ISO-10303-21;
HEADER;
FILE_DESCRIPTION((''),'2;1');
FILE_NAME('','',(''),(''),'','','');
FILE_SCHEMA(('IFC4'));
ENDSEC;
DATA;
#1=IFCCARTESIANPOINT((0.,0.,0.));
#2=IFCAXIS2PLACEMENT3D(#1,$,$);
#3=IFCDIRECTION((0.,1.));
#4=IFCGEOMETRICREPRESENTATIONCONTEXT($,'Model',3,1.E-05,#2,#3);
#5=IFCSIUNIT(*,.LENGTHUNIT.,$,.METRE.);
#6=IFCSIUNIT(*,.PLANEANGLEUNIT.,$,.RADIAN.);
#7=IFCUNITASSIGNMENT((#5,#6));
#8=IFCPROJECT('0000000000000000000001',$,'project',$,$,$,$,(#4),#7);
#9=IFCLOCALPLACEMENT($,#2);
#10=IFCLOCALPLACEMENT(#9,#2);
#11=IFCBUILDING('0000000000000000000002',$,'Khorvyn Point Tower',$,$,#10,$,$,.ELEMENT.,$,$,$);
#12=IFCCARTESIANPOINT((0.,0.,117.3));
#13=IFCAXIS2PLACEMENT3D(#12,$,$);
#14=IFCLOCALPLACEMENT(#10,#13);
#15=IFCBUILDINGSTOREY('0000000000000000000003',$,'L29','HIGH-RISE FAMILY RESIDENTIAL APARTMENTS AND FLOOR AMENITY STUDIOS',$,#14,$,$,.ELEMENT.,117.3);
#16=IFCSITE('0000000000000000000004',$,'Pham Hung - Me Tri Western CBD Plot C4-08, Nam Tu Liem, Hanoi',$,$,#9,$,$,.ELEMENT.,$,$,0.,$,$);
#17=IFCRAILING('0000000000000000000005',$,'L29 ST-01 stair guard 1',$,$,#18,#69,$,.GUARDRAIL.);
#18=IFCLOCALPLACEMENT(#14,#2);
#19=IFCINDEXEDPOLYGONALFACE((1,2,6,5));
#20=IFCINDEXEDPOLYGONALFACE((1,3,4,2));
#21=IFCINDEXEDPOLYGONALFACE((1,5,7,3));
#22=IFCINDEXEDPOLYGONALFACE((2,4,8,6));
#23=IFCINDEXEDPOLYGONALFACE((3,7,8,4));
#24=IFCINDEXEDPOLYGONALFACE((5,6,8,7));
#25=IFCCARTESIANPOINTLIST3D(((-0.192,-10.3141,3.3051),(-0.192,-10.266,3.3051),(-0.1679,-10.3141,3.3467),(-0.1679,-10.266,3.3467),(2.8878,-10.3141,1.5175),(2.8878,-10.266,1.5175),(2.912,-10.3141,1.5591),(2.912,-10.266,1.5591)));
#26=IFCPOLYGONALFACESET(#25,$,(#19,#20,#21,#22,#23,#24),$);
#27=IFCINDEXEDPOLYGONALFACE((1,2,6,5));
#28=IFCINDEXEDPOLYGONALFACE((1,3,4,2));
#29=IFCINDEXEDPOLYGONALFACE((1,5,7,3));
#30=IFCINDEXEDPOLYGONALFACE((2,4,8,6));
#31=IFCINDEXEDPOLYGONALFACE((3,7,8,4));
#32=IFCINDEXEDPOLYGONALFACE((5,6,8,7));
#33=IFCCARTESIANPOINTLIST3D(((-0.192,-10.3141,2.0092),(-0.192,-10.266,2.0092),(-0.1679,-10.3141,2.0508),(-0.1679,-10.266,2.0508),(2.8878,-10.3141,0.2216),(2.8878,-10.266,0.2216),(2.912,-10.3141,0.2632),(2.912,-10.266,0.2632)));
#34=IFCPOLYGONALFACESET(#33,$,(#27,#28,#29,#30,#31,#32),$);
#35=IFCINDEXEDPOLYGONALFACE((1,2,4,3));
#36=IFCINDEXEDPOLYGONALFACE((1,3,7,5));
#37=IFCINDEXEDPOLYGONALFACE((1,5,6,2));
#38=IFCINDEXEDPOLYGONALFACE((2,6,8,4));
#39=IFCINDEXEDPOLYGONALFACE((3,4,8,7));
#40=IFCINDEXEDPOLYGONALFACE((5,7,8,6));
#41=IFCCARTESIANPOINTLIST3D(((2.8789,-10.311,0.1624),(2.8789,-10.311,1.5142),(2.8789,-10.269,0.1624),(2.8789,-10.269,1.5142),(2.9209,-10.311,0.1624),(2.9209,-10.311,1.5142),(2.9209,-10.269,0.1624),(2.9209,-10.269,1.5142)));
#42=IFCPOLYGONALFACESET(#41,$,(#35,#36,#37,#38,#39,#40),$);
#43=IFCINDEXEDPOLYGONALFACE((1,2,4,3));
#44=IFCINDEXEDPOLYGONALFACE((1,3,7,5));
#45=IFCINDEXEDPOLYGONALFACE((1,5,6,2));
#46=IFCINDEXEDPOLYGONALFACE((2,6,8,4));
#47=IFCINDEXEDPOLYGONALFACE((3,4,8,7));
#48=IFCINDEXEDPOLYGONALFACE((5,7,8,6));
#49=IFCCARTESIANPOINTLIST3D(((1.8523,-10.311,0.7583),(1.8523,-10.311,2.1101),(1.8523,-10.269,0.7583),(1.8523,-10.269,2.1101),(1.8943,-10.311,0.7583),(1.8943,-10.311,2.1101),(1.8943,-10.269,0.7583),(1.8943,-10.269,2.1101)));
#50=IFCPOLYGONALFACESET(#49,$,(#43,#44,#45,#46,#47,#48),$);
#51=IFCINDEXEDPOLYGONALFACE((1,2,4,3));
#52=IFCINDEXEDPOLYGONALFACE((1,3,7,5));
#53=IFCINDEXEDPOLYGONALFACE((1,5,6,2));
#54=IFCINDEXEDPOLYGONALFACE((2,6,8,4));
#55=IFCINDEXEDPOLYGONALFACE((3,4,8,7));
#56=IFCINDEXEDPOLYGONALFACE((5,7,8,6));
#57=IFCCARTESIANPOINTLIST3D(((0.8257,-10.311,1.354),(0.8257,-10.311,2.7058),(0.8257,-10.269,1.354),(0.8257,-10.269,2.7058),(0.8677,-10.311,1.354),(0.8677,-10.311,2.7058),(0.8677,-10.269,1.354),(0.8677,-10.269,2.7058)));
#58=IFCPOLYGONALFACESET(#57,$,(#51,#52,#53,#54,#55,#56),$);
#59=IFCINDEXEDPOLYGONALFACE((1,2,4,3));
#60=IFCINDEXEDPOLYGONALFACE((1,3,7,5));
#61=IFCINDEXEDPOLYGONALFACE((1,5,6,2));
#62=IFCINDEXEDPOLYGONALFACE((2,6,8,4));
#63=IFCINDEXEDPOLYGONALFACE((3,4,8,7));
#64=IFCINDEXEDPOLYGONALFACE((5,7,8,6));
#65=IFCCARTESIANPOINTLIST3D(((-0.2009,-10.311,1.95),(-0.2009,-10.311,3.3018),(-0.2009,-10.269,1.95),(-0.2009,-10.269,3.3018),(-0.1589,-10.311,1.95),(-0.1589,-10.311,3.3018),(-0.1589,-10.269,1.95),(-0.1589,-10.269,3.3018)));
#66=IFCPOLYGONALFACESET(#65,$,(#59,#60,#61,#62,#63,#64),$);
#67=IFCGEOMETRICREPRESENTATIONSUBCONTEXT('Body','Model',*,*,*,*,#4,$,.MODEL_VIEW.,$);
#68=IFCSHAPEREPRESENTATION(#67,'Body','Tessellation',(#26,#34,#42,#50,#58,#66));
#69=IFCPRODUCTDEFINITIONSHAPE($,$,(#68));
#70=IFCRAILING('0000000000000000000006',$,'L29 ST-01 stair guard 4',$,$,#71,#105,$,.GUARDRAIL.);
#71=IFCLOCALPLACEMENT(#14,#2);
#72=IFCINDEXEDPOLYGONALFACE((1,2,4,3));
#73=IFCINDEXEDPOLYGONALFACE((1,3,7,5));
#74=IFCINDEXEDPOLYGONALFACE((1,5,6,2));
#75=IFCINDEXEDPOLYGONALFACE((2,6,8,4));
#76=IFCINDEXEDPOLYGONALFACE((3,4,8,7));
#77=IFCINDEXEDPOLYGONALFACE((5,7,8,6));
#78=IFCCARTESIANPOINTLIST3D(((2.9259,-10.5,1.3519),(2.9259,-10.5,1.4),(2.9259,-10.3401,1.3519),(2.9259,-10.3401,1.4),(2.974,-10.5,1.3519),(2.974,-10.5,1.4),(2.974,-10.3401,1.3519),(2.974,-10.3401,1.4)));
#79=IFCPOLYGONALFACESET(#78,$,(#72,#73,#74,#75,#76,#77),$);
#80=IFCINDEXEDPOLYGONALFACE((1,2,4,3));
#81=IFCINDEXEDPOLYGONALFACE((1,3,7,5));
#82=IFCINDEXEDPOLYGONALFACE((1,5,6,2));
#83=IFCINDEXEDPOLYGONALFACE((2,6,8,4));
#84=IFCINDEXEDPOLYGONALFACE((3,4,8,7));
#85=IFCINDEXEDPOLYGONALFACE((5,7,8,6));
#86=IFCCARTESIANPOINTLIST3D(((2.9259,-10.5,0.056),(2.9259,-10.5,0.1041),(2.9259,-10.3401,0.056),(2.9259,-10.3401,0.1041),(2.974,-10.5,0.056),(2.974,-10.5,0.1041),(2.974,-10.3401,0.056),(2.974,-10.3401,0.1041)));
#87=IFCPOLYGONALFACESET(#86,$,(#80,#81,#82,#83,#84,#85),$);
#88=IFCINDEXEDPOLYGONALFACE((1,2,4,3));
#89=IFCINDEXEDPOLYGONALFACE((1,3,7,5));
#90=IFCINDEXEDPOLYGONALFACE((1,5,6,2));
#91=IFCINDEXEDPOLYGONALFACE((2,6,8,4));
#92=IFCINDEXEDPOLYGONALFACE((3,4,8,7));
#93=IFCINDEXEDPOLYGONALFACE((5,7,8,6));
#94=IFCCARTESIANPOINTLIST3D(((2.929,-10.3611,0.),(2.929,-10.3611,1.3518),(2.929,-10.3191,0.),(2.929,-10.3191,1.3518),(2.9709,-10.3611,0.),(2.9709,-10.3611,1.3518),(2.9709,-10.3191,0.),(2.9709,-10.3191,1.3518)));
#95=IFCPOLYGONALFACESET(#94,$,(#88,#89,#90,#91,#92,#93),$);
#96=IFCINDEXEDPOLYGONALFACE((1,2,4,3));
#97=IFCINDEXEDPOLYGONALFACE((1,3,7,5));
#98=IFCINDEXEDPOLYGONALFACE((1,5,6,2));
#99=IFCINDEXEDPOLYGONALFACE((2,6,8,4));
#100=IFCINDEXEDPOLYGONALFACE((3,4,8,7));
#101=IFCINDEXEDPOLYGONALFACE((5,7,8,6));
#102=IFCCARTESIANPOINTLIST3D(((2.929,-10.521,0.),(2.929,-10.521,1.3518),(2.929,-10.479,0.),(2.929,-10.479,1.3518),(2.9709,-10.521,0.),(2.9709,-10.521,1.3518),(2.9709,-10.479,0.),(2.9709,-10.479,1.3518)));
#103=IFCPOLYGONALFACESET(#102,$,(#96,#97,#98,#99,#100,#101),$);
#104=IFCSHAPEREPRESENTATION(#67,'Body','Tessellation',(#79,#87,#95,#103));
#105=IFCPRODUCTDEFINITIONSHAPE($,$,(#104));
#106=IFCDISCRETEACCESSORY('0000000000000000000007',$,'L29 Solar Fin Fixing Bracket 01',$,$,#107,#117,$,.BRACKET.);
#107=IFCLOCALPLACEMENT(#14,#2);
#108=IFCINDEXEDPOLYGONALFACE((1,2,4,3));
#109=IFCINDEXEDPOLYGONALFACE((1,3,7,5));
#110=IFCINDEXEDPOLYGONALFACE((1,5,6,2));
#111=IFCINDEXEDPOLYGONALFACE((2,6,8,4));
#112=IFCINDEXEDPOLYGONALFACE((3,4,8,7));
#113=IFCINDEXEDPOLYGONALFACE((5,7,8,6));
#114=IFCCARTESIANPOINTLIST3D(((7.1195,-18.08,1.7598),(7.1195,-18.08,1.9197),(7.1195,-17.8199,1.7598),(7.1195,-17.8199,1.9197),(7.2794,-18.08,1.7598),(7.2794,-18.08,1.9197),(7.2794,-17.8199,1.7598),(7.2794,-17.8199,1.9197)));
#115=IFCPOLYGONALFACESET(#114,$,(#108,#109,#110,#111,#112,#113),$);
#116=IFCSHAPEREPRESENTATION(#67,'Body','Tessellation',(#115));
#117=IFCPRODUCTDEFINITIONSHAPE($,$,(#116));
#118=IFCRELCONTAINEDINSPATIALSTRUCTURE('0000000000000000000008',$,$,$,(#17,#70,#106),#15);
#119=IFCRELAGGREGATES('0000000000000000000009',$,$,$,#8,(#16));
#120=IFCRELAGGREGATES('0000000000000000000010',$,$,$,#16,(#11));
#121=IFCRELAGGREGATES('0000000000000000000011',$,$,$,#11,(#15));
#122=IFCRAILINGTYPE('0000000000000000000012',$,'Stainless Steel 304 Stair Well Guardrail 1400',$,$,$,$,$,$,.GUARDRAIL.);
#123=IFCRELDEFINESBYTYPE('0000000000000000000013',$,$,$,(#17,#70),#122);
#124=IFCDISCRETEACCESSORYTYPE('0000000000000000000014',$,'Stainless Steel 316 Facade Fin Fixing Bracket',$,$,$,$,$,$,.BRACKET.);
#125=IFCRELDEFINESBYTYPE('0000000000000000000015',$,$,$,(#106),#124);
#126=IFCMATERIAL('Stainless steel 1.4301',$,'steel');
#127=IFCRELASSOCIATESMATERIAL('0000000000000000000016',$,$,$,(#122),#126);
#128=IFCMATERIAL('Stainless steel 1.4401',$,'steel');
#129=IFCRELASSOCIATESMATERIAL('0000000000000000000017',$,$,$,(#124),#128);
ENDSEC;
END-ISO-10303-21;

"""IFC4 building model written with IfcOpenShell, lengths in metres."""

from ifc_helpers import new_model, si_unit, direction, frame, origin, origin_2d, place, context, subcontext, project, spatial, rectangle, extrude, material, type_object, element, save


model = new_model("IFC4")

# Units and contexts
model_context = context("Model", 3, precision=1e-05, world=origin(), true_north=direction((0.0, 1.0)))
body_context = subcontext(model_context, "Body", "Model", "MODEL_VIEW")
ifc_project = project(units=[si_unit("LENGTHUNIT", "METRE"), si_unit("PLANEANGLEUNIT", "RADIAN")], contexts=[model_context])

# Site, building, storey
site_placement = place(None, origin())
site = spatial("IfcSite", under=ifc_project, at=site_placement, Name="Pham Hung - Me Tri Western CBD Plot C4-08, Nam Tu Liem, Hanoi", CompositionType="ELEMENT", RefElevation=0.0)
building_placement = place(site_placement, origin())
building = spatial("IfcBuilding", under=site, at=building_placement, Name="Khorvyn Point Tower", CompositionType="ELEMENT")
storey_placement = place(building_placement, frame((0.0, 0.0, 117.3)))
storey = spatial("IfcBuildingStorey", under=building, at=storey_placement, Name="L29", Description="HIGH-RISE FAMILY RESIDENTIAL APARTMENTS AND FLOOR AMENITY STUDIOS", CompositionType="ELEMENT", Elevation=117.3)

# Railings
ifc_material_1 = material(Name="Stainless steel 1.4301", Category="steel")
railing_type_1 = type_object("IfcRailingType", Name="Stainless Steel 304 Stair Well Guardrail 1400", PredefinedType="GUARDRAIL", material=ifc_material_1)
railing_1_placement = place(storey_placement, frame((2.8999, -10.29, 0.1624)))
element("IfcRailing", 1, at=railing_1_placement, inside=storey, type_object=railing_type_1, Name="L29 ST-01 stair guard 1", PredefinedType="GUARDRAIL", context=body_context, shape_type="SweptSolid", body=[
    extrude(rectangle(XDim=0.0481, YDim=0.0481, at=origin_2d()), frame((0.0, 0.0, 1.376), z_axis=(-0.864873, 0.0, 0.50199), x_axis=(0.0, -1.0, 0.0)), (0.0, 0.0, 1.0), 3.561),
    extrude(rectangle(XDim=0.0481, YDim=0.0481, at=origin_2d()), frame((0.0, 0.0, 0.0801), z_axis=(-0.864873, 0.0, 0.50199), x_axis=(0.0, -1.0, 0.0)), (0.0, 0.0, 1.0), 3.561),
    extrude(rectangle(XDim=0.042, YDim=0.042, at=origin_2d()), origin(), (0.0, 0.0, 1.0), 1.3518),
    extrude(rectangle(XDim=0.042, YDim=0.042, at=origin_2d()), frame((-1.0266, 0.0, 0.5959)), (0.0, 0.0, 1.0), 1.3518),
    extrude(rectangle(XDim=0.042, YDim=0.042, at=origin_2d()), frame((-2.0532, 0.0, 1.1917)), (0.0, 0.0, 1.0), 1.3518),
    extrude(rectangle(XDim=0.042, YDim=0.042, at=origin_2d()), frame((-3.0798, 0.0, 1.7876)), (0.0, 0.0, 1.0), 1.3518),
])
railing_2_placement = place(storey_placement, frame((2.95, -10.3401, 0.0)))
element("IfcRailing", 2, at=railing_2_placement, inside=storey, type_object=railing_type_1, Name="L29 ST-01 stair guard 4", PredefinedType="GUARDRAIL", context=body_context, shape_type="SweptSolid", body=[
    extrude(rectangle(XDim=0.0481, YDim=0.0481, at=origin_2d()), frame((0.0, 0.0, 1.376), z_axis=(0.0, -1.0, 0.0), x_axis=(1.0, 0.0, 0.0)), (0.0, 0.0, 1.0), 0.1599),
    extrude(rectangle(XDim=0.0481, YDim=0.0481, at=origin_2d()), frame((0.0, 0.0, 0.0801), z_axis=(0.0, -1.0, 0.0), x_axis=(1.0, 0.0, 0.0)), (0.0, 0.0, 1.0), 0.1599),
    extrude(rectangle(XDim=0.042, YDim=0.042, at=origin_2d()), origin(), (0.0, 0.0, 1.0), 1.3518),
    extrude(rectangle(XDim=0.042, YDim=0.042, at=origin_2d()), frame((0.0, -0.1599, 0.0)), (0.0, 0.0, 1.0), 1.3518),
])

# Discrete accessory
ifc_material_2 = material(Name="Stainless steel 1.4401", Category="steel")
discrete_accessory_type = type_object("IfcDiscreteAccessoryType", Name="Stainless Steel 316 Facade Fin Fixing Bracket", PredefinedType="BRACKET", material=ifc_material_2)
discrete_accessory_placement = place(storey_placement, frame((7.1995, -17.95, 1.7598), z_axis=(0.0, 0.0, 1.0), x_axis=(-1.0, 0.0, 0.0)))
element("IfcDiscreteAccessory", 3, at=discrete_accessory_placement, inside=storey, type_object=discrete_accessory_type, Name="L29 Solar Fin Fixing Bracket 01", PredefinedType="BRACKET", context=body_context, shape_type="SweptSolid", body=[
    extrude(rectangle(XDim=0.1599, YDim=0.26, at=origin_2d()), origin(), (0.0, 0.0, 1.0), 0.1599),
])

save(model, "model.ifc")
